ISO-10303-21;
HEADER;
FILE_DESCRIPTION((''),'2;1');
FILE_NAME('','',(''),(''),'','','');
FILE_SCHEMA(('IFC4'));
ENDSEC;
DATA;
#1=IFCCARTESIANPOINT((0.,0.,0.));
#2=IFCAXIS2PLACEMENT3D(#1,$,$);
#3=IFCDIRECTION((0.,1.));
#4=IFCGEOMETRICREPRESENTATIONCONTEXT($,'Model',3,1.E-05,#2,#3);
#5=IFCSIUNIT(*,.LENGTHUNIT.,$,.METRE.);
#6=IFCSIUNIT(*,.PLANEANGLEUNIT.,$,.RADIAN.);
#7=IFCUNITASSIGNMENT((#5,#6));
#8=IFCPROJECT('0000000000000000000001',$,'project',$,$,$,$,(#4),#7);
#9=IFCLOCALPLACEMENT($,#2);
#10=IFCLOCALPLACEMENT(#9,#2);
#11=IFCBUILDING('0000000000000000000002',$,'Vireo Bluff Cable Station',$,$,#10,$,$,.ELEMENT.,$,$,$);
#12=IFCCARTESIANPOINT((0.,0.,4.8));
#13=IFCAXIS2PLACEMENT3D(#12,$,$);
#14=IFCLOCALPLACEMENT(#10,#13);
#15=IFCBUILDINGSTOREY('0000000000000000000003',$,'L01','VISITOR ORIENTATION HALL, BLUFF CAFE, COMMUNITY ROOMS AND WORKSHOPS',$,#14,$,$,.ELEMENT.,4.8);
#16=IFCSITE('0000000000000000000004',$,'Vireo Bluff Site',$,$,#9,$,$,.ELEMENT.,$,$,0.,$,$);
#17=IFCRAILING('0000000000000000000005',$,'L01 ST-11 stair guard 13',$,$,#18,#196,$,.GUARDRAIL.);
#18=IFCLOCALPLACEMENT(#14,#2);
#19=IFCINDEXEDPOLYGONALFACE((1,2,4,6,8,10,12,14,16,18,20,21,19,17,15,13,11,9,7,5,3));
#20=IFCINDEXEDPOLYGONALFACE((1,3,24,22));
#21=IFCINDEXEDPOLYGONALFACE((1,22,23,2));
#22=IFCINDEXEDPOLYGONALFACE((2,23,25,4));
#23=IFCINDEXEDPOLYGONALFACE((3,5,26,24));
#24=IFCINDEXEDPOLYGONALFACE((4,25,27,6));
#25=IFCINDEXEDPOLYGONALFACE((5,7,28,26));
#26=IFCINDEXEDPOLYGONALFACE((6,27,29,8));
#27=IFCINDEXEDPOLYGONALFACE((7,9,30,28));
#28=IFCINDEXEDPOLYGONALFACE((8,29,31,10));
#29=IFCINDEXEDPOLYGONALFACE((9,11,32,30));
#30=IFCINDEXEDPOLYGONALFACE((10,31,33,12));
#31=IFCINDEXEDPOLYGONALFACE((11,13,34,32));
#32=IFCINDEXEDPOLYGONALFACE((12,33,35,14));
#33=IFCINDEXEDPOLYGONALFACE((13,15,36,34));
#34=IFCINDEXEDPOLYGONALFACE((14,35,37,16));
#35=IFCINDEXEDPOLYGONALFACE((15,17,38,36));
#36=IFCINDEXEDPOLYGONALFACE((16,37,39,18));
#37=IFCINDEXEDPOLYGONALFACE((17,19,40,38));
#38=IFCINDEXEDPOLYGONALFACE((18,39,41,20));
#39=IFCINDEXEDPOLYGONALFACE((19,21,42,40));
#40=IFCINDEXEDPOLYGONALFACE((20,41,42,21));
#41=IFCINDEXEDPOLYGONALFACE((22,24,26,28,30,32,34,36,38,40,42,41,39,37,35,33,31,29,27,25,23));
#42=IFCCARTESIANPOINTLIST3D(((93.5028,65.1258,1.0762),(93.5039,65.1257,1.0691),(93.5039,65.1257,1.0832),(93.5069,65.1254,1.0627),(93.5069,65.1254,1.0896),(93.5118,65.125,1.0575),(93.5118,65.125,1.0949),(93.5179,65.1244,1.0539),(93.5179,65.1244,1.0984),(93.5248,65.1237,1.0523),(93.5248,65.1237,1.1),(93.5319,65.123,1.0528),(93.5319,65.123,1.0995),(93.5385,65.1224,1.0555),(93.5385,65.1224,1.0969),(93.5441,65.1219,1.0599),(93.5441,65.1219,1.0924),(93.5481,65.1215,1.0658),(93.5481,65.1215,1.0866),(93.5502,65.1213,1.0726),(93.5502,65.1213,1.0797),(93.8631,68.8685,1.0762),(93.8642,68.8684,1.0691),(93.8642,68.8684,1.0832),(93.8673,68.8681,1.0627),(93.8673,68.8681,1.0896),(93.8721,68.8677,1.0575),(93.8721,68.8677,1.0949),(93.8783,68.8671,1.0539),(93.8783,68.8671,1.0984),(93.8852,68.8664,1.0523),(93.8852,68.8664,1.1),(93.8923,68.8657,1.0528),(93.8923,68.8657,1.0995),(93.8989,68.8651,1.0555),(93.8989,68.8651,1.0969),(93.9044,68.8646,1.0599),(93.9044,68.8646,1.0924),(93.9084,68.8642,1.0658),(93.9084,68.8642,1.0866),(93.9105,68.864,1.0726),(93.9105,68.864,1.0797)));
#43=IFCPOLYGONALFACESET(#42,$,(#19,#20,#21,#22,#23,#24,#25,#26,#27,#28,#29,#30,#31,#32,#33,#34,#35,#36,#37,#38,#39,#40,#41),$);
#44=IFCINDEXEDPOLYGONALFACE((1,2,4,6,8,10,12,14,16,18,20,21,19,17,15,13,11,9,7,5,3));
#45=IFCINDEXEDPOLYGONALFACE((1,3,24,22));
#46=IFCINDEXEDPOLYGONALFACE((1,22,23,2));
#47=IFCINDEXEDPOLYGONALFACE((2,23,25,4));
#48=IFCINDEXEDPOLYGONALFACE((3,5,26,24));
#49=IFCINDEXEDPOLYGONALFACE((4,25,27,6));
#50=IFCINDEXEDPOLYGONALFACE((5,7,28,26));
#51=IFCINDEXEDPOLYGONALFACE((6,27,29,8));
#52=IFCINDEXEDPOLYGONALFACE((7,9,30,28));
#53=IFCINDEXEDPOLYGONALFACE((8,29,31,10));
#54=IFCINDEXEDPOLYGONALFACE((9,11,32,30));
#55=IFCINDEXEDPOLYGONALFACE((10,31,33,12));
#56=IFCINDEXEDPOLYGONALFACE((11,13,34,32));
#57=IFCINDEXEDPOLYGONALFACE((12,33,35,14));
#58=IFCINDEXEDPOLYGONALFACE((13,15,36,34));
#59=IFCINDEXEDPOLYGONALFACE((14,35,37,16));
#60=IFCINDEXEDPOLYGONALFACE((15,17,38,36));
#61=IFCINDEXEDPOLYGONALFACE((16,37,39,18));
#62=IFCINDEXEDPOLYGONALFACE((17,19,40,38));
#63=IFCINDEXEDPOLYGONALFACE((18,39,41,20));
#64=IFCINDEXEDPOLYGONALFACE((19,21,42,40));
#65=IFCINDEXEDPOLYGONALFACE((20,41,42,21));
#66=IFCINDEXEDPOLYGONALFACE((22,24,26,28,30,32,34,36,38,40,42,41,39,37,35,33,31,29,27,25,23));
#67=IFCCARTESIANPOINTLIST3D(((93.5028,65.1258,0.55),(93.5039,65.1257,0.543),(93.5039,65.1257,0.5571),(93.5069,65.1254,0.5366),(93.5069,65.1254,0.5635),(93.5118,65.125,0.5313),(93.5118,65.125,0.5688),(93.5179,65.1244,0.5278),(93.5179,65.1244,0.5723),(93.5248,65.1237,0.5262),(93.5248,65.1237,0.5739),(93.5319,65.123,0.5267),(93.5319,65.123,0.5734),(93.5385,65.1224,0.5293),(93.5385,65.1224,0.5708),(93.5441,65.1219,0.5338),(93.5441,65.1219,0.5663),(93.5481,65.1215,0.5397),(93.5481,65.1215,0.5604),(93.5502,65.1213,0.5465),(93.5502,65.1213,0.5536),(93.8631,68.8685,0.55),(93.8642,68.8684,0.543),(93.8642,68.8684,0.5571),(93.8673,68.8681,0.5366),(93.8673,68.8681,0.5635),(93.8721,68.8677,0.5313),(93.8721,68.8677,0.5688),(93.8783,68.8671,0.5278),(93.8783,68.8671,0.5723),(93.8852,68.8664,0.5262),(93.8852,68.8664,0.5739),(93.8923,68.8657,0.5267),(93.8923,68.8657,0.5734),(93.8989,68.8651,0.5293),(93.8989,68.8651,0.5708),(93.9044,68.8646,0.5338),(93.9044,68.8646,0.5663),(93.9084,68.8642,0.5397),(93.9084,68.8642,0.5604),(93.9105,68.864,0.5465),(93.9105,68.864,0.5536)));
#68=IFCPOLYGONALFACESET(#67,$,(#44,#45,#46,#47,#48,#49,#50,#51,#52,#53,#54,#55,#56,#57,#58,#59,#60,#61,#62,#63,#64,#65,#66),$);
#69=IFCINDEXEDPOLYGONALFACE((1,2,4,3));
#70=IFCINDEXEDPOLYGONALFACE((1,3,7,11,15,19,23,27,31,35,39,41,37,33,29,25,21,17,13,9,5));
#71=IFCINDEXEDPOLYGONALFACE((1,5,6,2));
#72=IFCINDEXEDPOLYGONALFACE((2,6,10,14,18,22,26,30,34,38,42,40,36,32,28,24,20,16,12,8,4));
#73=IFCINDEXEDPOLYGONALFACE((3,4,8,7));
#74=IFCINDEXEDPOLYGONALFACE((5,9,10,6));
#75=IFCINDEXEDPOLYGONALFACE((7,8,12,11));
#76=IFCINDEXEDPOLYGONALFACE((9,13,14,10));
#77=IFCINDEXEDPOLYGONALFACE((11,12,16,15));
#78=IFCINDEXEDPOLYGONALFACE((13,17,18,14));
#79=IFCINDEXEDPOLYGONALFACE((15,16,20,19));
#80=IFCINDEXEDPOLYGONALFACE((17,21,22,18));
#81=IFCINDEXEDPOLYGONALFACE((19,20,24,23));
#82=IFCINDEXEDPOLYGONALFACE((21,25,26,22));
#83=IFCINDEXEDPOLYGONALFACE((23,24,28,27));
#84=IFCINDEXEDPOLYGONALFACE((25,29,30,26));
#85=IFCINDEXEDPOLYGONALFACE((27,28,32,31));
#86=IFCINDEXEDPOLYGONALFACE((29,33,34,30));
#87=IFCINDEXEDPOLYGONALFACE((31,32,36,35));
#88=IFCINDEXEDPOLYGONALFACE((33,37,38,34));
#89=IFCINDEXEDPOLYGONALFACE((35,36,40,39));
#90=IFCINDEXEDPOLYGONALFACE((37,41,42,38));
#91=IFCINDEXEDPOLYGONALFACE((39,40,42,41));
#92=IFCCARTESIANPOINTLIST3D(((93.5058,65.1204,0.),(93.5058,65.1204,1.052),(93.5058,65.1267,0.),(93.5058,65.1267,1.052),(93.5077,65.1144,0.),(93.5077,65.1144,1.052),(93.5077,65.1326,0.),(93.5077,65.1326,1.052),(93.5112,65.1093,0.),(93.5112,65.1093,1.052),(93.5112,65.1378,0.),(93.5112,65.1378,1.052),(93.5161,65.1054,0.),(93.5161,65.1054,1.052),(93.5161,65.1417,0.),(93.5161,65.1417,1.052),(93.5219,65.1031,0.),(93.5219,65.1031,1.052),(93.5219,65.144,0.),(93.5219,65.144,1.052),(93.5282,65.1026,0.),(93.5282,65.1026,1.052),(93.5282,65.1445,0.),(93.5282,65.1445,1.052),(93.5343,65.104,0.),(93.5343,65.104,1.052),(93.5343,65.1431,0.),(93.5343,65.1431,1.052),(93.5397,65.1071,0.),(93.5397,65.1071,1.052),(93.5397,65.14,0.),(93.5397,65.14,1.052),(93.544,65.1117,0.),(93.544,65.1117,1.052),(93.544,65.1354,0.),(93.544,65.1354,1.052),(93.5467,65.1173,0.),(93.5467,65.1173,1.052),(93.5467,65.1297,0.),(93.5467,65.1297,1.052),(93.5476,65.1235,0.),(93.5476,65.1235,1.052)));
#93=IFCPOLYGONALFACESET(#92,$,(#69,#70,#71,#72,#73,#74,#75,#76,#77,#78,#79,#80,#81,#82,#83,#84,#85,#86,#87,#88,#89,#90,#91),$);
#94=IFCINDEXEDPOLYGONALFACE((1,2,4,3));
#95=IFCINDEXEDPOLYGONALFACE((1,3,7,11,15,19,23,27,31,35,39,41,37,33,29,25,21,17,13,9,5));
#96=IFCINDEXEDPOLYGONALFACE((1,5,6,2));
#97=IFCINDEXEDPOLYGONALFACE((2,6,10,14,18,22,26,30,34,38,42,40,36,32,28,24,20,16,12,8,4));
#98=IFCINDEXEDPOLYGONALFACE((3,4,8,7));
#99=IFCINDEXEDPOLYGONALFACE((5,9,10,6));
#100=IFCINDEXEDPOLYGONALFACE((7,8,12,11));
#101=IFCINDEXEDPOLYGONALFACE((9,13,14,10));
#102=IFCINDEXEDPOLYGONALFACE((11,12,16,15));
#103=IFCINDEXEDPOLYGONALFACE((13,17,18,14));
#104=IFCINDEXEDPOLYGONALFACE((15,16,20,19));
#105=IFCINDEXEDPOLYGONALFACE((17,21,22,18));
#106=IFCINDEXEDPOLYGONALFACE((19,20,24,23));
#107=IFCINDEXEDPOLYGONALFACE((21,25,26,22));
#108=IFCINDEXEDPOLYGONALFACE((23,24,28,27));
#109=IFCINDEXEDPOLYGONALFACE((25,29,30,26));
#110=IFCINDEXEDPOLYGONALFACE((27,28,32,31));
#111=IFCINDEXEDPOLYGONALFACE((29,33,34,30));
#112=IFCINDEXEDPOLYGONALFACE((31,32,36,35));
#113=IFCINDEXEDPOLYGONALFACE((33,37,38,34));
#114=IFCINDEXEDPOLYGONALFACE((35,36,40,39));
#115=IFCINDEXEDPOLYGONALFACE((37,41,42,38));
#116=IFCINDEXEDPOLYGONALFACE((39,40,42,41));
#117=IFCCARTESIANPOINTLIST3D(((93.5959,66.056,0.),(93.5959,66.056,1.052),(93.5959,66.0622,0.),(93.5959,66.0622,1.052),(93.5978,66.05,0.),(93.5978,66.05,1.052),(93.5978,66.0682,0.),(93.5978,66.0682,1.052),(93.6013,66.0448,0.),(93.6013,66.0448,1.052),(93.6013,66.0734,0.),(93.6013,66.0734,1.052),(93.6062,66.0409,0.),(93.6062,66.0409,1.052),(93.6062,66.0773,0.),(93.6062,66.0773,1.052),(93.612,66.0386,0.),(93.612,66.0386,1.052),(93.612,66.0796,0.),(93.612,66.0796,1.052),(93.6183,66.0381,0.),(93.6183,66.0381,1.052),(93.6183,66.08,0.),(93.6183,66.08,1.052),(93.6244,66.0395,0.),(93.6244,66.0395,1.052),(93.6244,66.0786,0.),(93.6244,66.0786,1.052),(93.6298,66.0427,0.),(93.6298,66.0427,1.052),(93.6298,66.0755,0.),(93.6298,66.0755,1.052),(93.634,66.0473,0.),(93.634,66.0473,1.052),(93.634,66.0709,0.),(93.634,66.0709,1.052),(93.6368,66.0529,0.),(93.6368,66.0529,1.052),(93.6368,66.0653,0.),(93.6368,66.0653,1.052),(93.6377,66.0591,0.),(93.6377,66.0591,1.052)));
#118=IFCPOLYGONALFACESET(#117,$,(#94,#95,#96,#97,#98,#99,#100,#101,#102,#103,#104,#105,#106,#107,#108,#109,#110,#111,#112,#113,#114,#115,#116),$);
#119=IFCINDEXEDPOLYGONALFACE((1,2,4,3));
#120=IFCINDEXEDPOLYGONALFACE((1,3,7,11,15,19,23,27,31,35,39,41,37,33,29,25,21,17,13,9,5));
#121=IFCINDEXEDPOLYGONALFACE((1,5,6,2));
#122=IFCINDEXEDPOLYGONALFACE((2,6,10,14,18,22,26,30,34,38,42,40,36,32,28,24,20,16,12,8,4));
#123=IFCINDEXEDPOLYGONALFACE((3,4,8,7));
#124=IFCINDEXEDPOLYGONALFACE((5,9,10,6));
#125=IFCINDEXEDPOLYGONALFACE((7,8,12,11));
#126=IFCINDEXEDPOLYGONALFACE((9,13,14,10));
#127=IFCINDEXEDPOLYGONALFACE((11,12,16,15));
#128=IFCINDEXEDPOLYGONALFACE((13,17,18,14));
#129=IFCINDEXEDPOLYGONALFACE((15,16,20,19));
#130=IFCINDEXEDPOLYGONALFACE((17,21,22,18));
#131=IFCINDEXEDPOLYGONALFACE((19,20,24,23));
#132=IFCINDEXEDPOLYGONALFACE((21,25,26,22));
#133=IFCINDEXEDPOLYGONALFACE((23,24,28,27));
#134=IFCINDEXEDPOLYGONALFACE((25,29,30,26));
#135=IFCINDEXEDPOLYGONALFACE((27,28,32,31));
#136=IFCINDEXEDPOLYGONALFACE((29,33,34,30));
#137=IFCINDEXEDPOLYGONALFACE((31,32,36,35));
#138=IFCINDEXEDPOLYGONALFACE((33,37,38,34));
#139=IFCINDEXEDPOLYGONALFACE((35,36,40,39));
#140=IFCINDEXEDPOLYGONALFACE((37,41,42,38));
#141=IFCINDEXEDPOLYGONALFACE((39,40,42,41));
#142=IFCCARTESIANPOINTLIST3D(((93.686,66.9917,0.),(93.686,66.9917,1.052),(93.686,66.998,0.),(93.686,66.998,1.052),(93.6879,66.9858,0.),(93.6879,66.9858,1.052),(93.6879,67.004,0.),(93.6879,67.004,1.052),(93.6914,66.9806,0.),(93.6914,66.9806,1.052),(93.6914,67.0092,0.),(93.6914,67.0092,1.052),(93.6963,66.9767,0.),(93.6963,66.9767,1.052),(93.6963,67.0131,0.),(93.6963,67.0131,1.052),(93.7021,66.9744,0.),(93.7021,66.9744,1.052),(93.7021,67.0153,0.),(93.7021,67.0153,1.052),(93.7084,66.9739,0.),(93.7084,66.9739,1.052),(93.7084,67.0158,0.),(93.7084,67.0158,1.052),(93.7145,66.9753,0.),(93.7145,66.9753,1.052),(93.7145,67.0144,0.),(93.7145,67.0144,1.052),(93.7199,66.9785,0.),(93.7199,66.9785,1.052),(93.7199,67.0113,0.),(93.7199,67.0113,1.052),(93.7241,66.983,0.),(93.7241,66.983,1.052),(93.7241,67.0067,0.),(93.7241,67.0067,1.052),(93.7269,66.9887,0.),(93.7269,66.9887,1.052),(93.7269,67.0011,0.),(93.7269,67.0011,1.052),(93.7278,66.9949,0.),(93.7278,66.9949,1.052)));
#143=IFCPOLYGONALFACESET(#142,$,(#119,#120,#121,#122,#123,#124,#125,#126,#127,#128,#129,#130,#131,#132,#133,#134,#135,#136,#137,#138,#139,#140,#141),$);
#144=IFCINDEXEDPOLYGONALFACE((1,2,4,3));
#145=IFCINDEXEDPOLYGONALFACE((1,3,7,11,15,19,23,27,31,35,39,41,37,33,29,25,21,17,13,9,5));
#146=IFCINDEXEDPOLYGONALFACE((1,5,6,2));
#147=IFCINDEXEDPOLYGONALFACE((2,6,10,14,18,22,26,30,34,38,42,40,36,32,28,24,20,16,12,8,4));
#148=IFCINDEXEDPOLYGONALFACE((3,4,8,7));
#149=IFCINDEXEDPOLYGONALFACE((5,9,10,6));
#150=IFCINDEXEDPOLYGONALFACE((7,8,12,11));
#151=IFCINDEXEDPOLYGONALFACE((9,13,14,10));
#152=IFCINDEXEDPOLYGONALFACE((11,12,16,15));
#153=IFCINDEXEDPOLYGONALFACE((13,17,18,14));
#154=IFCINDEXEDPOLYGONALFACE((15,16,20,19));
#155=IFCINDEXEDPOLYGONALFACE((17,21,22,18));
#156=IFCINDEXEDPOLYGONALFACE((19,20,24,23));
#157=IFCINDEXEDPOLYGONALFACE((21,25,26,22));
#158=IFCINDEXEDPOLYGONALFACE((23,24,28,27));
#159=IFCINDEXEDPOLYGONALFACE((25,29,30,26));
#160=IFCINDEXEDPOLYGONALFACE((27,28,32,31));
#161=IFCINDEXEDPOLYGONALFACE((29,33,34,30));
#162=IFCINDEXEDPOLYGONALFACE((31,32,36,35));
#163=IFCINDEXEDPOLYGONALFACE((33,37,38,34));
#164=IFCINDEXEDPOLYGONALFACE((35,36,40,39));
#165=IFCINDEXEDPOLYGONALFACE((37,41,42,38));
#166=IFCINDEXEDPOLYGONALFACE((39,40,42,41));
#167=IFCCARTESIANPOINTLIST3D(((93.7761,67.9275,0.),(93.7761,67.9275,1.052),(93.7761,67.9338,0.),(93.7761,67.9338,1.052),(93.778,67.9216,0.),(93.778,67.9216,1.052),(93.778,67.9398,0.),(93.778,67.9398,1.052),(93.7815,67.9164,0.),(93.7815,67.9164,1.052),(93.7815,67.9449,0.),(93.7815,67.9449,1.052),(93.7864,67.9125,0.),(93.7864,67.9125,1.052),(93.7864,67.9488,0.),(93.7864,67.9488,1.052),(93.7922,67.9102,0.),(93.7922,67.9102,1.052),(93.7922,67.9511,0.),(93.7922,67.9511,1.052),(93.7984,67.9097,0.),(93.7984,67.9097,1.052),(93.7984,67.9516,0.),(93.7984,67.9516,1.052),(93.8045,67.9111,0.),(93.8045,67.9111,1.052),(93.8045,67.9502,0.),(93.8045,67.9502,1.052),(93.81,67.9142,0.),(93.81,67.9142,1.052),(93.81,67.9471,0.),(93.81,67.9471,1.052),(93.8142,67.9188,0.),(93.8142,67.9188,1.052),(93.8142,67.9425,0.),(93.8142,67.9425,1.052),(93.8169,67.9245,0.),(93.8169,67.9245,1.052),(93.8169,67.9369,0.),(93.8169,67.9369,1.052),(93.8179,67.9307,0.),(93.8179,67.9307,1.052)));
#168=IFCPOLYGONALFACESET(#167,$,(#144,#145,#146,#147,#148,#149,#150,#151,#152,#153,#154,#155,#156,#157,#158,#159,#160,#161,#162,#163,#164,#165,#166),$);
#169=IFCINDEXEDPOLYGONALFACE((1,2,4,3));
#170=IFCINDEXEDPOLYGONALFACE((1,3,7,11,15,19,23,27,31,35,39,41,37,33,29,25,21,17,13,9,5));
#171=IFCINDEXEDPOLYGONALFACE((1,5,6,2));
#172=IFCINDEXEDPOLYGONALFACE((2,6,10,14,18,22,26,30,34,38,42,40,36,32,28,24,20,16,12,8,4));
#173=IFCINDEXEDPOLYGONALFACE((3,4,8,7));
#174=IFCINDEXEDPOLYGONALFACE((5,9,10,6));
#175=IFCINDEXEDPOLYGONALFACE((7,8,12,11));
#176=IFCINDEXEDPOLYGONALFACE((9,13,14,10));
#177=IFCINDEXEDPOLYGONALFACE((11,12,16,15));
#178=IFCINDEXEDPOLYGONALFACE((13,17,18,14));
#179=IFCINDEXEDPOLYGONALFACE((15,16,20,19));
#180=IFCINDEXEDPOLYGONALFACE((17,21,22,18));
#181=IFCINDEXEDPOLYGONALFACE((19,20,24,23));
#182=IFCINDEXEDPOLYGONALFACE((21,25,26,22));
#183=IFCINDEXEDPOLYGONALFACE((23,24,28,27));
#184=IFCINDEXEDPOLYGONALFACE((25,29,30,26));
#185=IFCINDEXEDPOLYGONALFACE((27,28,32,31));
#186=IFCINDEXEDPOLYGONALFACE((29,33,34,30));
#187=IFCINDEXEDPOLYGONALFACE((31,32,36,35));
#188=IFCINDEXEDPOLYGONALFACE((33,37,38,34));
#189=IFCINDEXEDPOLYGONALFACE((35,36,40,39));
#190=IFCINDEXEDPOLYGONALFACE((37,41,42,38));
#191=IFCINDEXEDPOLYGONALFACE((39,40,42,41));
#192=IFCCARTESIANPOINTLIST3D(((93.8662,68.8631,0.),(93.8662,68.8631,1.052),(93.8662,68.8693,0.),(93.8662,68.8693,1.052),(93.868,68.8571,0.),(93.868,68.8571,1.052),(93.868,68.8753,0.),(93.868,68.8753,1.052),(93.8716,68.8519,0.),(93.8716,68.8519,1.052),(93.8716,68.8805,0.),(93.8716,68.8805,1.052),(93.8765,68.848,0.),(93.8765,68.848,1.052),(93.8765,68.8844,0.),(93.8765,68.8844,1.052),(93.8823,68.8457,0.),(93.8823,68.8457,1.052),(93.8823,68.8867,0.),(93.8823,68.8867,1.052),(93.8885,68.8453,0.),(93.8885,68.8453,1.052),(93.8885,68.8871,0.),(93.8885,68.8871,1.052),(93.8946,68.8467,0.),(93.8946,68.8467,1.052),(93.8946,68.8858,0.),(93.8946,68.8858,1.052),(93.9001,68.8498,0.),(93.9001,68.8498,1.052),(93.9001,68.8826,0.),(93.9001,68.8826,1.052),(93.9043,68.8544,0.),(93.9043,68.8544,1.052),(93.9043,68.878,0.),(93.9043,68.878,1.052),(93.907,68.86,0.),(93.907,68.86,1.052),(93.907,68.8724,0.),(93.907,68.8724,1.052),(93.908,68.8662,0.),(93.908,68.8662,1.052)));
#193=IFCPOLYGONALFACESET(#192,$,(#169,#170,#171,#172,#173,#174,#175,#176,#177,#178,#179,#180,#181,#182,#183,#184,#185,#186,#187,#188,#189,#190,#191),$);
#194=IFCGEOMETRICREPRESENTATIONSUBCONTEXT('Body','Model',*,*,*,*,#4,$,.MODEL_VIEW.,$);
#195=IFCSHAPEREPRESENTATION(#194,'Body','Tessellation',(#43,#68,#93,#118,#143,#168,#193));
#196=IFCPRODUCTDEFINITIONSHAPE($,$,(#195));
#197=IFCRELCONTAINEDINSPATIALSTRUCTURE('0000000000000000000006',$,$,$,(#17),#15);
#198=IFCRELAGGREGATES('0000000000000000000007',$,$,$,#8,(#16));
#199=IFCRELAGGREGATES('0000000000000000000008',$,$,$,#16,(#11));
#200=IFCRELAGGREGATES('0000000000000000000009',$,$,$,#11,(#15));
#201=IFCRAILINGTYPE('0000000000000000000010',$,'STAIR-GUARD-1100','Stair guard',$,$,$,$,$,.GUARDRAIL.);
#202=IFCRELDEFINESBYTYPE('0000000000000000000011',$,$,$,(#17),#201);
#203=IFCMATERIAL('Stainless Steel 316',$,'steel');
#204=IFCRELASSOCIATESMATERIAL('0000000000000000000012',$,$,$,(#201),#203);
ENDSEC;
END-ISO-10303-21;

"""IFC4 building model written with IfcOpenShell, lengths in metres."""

from ifc_helpers import new_model, si_unit, direction, frame, origin, origin_2d, place, context, subcontext, project, spatial, circle, extrude, material, type_object, element, save


model = new_model("IFC4")

# Units and contexts
model_context = context("Model", 3, precision=1e-05, world=origin(), true_north=direction((0.0, 1.0)))
body_context = subcontext(model_context, "Body", "Model", "MODEL_VIEW")
ifc_project = project(units=[si_unit("LENGTHUNIT", "METRE"), si_unit("PLANEANGLEUNIT", "RADIAN")], contexts=[model_context])

# Site, building, storey
site_placement = place(None, origin())
site = spatial("IfcSite", under=ifc_project, at=site_placement, Name="Vireo Bluff Site", CompositionType="ELEMENT", RefElevation=0.0)
building_placement = place(site_placement, origin())
building = spatial("IfcBuilding", under=site, at=building_placement, Name="Vireo Bluff Cable Station", CompositionType="ELEMENT")
storey_placement = place(building_placement, frame((0.0, 0.0, 4.8)))
storey = spatial("IfcBuildingStorey", under=building, at=storey_placement, Name="L01", Description="VISITOR ORIENTATION HALL, BLUFF CAFE, COMMUNITY ROOMS AND WORKSHOPS", CompositionType="ELEMENT", Elevation=4.8)

# Railing
ifc_material_1 = material(Name="Stainless Steel 316", Category="steel")
railing_type = type_object("IfcRailingType", Name="STAIR-GUARD-1100", Description="Stair guard", PredefinedType="GUARDRAIL", material=ifc_material_1)
railing_1_placement = place(storey_placement, frame((93.5266, 65.1235, 0.0)))
element("IfcRailing", 1, at=railing_1_placement, inside=storey, type_object=railing_type, Name="L01 ST-11 stair guard 13", PredefinedType="GUARDRAIL", context=body_context, shape_type="SweptSolid", body=[
    extrude(circle(Radius=0.0239, at=origin_2d()), frame((0.0, 0.0, 1.0762), z_axis=(0.095839, 0.995397, 0.0), x_axis=(-0.995397, 0.095839, 0.0)), (0.0, 0.0, 1.0), 3.76),
    extrude(circle(Radius=0.0239, at=origin_2d()), frame((0.0, 0.0, 0.55), z_axis=(0.095839, 0.995397, 0.0), x_axis=(-0.995397, 0.095839, 0.0)), (0.0, 0.0, 1.0), 3.76),
    extrude(circle(Radius=0.021, at=origin_2d()), origin(), (0.0, 0.0, 1.0), 1.052),
    extrude(circle(Radius=0.021, at=origin_2d()), frame((0.0901, 0.9355, 0.0)), (0.0, 0.0, 1.0), 1.052),
    extrude(circle(Radius=0.021, at=origin_2d()), frame((0.1802, 1.8713, 0.0)), (0.0, 0.0, 1.0), 1.052),
    extrude(circle(Radius=0.021, at=origin_2d()), frame((0.2703, 2.8071, 0.0)), (0.0, 0.0, 1.0), 1.052),
    extrude(circle(Radius=0.021, at=origin_2d()), frame((0.3604, 3.7427, 0.0)), (0.0, 0.0, 1.0), 1.052),
])

save(model, "model.ifc")
